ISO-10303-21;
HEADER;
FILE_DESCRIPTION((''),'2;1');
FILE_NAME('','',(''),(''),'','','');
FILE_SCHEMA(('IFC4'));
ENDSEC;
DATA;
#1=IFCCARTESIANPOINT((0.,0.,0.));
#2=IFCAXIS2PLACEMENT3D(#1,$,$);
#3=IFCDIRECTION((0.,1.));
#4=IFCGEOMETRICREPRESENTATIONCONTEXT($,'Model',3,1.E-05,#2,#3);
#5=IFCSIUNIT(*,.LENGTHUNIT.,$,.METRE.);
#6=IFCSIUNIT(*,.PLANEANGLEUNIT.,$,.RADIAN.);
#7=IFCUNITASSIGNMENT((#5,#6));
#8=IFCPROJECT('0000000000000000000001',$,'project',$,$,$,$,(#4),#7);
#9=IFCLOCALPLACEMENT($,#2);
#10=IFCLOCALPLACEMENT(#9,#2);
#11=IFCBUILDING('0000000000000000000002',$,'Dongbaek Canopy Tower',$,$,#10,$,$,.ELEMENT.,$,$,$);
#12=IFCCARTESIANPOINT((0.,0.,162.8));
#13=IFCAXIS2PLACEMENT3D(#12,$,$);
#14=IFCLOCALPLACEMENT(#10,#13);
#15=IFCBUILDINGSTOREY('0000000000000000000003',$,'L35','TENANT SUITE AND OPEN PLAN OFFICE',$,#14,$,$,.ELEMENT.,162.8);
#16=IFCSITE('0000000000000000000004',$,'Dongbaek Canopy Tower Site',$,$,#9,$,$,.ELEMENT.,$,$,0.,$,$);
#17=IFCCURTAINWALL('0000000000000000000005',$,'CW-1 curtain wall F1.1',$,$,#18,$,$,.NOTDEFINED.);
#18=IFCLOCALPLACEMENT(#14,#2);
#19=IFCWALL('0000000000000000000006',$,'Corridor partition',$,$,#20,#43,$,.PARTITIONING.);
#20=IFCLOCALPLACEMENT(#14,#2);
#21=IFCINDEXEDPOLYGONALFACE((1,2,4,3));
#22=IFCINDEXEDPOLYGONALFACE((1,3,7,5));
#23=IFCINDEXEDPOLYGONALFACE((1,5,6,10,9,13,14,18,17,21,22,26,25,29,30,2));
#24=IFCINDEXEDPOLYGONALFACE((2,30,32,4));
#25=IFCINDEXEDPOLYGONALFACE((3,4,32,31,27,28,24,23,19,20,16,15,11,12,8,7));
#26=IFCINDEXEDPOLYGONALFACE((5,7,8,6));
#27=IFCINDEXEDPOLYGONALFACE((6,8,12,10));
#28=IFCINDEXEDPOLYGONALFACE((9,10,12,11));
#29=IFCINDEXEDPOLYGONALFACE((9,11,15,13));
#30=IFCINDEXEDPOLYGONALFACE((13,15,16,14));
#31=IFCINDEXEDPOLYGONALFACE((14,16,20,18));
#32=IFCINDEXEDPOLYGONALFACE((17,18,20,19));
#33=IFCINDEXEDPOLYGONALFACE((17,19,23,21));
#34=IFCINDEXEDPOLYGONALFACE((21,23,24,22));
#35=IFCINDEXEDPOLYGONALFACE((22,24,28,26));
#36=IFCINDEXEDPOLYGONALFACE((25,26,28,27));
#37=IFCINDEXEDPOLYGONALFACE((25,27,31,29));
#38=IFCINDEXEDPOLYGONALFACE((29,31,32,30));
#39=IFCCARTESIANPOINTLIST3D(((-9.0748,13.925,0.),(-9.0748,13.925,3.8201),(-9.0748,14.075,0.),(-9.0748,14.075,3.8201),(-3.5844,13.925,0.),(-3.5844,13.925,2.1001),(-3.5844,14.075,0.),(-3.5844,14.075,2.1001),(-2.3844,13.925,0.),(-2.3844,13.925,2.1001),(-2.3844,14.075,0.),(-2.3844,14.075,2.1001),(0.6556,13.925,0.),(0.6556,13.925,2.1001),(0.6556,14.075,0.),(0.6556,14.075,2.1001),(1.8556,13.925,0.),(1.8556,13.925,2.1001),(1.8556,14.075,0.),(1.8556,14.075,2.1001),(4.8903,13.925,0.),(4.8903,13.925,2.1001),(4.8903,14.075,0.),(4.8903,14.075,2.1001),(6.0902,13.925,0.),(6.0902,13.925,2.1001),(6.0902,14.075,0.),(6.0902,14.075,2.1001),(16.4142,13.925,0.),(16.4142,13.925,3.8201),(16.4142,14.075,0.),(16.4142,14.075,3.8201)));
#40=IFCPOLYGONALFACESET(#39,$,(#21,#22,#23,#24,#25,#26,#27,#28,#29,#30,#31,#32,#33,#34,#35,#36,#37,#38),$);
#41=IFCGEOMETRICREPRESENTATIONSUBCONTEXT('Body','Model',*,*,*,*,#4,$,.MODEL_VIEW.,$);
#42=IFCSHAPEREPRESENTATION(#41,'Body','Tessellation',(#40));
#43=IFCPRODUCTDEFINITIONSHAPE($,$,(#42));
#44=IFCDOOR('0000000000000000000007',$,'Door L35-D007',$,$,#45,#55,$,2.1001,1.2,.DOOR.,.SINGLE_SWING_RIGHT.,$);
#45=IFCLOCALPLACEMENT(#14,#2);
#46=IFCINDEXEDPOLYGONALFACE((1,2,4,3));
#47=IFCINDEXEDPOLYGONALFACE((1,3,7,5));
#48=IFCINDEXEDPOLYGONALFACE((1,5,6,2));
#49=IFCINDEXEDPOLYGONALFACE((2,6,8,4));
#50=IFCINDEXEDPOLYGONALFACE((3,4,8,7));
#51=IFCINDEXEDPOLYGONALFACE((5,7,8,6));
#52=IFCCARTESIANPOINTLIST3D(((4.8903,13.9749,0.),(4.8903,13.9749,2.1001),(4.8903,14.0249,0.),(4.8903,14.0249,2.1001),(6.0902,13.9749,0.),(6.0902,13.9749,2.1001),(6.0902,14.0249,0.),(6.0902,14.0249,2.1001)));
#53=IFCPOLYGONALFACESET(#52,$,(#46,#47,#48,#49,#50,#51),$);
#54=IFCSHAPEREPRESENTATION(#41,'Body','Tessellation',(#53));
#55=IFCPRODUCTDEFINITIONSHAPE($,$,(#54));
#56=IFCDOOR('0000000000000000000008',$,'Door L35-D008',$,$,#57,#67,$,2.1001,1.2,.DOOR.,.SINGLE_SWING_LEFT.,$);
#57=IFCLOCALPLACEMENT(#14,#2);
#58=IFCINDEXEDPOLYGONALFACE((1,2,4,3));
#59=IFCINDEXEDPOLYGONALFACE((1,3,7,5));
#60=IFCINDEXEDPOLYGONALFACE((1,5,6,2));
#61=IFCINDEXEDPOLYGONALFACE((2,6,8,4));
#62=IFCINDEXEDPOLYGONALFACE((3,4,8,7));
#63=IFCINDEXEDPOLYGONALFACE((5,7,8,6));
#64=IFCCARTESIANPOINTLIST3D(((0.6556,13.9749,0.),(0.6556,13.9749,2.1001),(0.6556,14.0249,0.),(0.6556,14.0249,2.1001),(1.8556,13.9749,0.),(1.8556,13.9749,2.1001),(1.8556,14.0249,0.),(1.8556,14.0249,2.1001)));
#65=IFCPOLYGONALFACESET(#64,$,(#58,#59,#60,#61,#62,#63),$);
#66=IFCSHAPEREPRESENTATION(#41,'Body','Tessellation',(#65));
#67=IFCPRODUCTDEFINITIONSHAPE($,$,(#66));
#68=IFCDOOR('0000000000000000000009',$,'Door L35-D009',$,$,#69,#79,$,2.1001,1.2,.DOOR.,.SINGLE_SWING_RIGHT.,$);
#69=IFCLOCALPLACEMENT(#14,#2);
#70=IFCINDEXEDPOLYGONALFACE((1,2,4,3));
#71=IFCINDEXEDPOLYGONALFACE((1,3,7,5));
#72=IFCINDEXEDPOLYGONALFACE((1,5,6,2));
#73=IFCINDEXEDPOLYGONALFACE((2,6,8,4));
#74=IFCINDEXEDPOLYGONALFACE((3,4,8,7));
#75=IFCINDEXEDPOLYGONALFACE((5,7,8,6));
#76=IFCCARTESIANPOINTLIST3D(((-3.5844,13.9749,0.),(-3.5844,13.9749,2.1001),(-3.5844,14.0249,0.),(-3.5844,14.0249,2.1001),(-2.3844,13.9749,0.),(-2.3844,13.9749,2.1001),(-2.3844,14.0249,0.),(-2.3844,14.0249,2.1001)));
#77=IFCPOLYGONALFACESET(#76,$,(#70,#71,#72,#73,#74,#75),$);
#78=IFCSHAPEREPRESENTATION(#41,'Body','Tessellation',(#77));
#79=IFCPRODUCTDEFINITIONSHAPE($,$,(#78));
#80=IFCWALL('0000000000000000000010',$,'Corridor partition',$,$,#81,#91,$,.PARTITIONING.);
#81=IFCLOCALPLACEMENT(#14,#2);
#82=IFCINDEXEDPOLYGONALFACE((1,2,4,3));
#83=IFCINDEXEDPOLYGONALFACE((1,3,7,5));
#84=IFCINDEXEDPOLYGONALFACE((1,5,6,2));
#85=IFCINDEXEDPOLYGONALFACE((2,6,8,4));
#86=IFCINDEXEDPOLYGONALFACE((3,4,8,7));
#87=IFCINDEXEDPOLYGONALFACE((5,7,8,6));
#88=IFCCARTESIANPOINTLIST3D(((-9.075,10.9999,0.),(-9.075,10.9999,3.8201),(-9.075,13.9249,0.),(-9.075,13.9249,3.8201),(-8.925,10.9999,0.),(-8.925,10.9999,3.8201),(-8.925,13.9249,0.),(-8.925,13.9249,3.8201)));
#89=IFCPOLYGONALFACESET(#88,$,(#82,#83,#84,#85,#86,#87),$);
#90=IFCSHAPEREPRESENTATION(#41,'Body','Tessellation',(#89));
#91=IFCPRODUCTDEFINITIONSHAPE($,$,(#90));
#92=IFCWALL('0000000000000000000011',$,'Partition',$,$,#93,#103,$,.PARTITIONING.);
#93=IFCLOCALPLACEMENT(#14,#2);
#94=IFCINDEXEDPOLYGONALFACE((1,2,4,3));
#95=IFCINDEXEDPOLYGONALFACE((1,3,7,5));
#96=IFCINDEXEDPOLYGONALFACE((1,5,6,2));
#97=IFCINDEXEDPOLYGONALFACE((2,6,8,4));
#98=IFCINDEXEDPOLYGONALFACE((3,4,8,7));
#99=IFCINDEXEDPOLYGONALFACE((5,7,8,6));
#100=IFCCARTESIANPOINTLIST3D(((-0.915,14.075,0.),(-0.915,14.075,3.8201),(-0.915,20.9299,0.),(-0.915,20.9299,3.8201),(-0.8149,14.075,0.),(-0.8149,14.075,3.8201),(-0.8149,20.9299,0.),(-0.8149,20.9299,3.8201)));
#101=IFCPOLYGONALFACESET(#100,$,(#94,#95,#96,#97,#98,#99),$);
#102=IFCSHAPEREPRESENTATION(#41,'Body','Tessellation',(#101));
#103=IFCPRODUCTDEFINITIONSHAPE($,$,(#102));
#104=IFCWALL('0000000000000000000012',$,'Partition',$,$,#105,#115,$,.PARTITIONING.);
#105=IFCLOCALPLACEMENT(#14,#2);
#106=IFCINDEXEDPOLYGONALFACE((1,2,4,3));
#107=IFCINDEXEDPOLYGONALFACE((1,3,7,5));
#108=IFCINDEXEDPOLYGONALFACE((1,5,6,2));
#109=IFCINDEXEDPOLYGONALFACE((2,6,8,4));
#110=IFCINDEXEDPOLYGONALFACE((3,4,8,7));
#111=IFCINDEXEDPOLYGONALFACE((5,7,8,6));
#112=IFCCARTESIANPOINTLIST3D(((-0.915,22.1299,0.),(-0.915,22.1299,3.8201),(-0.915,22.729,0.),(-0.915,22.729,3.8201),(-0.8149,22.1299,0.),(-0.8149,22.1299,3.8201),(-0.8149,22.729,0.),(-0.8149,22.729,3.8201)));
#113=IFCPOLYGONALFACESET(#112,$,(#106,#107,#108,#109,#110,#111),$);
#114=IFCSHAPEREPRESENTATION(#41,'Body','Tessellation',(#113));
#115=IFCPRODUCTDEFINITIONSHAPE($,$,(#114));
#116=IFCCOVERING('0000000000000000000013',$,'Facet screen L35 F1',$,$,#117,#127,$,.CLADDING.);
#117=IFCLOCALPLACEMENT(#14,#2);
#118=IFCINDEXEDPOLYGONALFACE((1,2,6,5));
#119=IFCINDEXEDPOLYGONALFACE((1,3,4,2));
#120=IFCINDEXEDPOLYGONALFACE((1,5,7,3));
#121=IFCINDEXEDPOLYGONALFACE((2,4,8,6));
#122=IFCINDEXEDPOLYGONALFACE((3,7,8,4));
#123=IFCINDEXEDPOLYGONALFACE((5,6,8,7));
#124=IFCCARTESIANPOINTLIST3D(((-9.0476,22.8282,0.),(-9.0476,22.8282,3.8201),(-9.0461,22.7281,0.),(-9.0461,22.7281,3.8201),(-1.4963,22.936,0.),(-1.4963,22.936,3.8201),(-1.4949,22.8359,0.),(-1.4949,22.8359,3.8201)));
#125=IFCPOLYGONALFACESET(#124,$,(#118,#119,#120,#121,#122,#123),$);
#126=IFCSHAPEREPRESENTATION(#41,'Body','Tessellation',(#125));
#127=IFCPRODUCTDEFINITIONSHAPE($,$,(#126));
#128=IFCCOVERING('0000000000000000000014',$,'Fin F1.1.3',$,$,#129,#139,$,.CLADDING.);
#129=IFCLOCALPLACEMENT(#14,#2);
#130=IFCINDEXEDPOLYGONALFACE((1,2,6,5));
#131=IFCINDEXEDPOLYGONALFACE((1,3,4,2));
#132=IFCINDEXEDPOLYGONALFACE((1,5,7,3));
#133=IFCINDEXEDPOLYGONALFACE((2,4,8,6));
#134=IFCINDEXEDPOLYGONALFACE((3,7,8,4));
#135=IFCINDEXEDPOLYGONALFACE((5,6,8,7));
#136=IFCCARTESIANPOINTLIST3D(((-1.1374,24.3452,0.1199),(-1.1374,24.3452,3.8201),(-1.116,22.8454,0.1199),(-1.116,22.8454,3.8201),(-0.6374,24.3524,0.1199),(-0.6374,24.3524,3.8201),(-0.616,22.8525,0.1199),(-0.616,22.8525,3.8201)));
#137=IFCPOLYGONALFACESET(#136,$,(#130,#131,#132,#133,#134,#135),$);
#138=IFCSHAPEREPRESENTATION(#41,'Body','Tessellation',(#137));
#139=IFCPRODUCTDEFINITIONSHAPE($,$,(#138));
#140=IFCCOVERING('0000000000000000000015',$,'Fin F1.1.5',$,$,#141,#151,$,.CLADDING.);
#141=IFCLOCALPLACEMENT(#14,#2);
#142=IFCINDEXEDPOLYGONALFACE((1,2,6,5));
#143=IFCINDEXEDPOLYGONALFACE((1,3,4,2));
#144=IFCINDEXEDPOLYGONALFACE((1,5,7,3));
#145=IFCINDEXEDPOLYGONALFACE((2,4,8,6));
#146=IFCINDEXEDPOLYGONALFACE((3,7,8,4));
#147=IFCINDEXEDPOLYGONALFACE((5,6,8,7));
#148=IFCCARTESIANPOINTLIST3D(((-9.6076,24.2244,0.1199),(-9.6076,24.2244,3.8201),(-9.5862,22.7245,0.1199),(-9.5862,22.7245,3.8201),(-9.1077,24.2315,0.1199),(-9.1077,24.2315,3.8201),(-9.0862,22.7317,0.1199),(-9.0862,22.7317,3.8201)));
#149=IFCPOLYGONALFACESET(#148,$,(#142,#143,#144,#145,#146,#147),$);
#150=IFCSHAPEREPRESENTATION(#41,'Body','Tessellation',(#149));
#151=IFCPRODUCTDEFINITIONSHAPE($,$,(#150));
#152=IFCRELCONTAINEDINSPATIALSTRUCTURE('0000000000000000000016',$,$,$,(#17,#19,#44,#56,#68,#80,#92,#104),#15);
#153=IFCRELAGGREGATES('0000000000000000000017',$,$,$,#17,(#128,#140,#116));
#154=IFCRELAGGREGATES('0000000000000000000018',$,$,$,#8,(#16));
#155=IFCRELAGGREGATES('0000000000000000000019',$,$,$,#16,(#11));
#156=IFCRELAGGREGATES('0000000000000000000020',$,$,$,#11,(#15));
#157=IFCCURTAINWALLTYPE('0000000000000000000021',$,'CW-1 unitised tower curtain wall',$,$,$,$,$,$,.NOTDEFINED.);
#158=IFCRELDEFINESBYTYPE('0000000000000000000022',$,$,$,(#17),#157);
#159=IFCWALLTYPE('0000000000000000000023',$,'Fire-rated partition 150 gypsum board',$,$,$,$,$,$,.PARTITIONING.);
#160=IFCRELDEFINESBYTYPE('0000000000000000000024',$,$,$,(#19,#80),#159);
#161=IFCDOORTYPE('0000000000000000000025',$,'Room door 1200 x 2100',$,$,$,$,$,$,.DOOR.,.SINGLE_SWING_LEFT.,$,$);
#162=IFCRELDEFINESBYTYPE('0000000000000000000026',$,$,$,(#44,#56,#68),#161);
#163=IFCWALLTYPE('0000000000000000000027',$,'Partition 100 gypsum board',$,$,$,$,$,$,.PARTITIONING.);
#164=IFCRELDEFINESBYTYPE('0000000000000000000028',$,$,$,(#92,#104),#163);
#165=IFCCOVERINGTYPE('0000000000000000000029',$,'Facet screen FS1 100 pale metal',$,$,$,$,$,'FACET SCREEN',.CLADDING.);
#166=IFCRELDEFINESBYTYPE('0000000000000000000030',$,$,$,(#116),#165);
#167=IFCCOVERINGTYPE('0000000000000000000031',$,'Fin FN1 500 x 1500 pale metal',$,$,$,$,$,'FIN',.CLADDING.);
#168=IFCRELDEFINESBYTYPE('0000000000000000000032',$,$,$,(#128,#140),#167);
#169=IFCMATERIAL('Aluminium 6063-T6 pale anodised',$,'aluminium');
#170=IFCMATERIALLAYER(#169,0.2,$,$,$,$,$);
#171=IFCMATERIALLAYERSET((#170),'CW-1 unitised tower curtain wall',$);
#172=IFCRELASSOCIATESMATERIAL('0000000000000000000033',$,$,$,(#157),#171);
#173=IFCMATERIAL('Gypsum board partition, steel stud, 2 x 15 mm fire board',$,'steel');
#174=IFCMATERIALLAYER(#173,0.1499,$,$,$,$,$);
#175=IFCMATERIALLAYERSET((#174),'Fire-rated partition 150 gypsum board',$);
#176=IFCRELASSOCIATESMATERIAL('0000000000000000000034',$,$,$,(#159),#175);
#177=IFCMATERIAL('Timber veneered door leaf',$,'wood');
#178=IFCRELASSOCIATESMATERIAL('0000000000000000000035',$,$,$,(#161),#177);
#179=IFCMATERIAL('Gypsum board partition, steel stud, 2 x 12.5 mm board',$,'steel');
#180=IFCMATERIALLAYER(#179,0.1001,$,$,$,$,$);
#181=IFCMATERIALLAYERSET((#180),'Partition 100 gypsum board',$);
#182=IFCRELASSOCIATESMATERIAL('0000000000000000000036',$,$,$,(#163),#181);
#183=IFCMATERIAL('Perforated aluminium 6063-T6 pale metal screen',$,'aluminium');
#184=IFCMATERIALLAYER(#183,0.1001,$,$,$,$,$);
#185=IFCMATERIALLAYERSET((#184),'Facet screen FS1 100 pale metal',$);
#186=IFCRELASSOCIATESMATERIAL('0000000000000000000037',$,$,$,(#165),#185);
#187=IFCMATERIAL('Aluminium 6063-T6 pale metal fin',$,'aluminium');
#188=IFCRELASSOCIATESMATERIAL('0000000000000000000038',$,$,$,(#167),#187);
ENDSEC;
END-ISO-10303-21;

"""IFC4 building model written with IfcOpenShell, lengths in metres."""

from ifc_helpers import new_model, si_unit, direction, frame, frame_2d, origin, origin_2d, place, context, subcontext, project, spatial, rectangle, extrude, material, layer, layer_set, material_profile, profile_set, type_object, element, fill, aggregate, save


model = new_model("IFC4")

# Units and contexts
model_context = context("Model", 3, precision=1e-05, world=origin(), true_north=direction((0.0, 1.0)))
body_context = subcontext(model_context, "Body", "Model", "MODEL_VIEW")
ifc_project = project(units=[si_unit("LENGTHUNIT", "METRE"), si_unit("PLANEANGLEUNIT", "RADIAN")], contexts=[model_context])

# Site, building, storey
site_placement = place(None, origin())
site = spatial("IfcSite", under=ifc_project, at=site_placement, Name="Dongbaek Canopy Tower Site", CompositionType="ELEMENT", RefElevation=0.0)
building_placement = place(site_placement, origin())
building = spatial("IfcBuilding", under=site, at=building_placement, Name="Dongbaek Canopy Tower", CompositionType="ELEMENT")
storey_placement = place(building_placement, frame((0.0, 0.0, 162.8)))
storey = spatial("IfcBuildingStorey", under=building, at=storey_placement, Name="L35", Description="TENANT SUITE AND OPEN PLAN OFFICE", CompositionType="ELEMENT", Elevation=162.8)

# Curtain wall
ifc_material_1 = material(Name="Aluminium 6063-T6 pale anodised", Category="aluminium")
ifc_layer_1 = layer(ifc_material_1, 0.2)
ifc_layer_set_1 = layer_set([ifc_layer_1], Name="CW-1 unitised tower curtain wall")
curtain_wall_type = type_object("IfcCurtainWallType", Name="CW-1 unitised tower curtain wall", PredefinedType="NOTDEFINED", material=ifc_layer_set_1)
curtain_wall_1_placement = place(storey_placement, origin())
curtain_wall_1 = element("IfcCurtainWall", 1, at=curtain_wall_1_placement, inside=storey, type_object=curtain_wall_type, Name="CW-1 curtain wall F1.1", PredefinedType="NOTDEFINED")

# Wall, openings, doors
ifc_material_2 = material(Name="Gypsum board partition, steel stud, 2 x 15 mm fire board", Category="steel")
ifc_layer_2 = layer(ifc_material_2, 0.1499)
ifc_layer_set_2 = layer_set([ifc_layer_2], Name="Fire-rated partition 150 gypsum board")
wall_type_1 = type_object("IfcWallType", Name="Fire-rated partition 150 gypsum board", PredefinedType="PARTITIONING", material=ifc_layer_set_2)
wall_1_placement = place(storey_placement, frame((-9.075, 14.0, 0.0), z_axis=(0.0, 0.0, 1.0), x_axis=(1.0, 0.0, 0.0)))
wall_1 = element("IfcWall", 2, at=wall_1_placement, inside=storey, type_object=wall_type_1, Name="Corridor partition", PredefinedType="PARTITIONING", context=body_context, shape_type="SweptSolid", body=[
    extrude(rectangle(XDim=25.489, YDim=0.1499, at=frame_2d((12.7446, 0.0))), origin(), (0.0, 0.0, 1.0), 3.8201),
])
opening_1_placement = place(wall_1_placement, frame((13.9651, 0.0, 0.0)))
opening_1 = element("IfcOpeningElement", 3, at=opening_1_placement, cuts=wall_1, PredefinedType="OPENING", context=body_context, shape_type="SweptSolid", body=[
    extrude(rectangle(XDim=1.2, YDim=2.1001, at=frame_2d((0.6001, 1.05))), frame((0.0, 0.085, 0.0), z_axis=(0.0, -1.0, 0.0), x_axis=(1.0, 0.0, 0.0)), (0.0, 0.0, 1.0), 0.1699),
])
opening_2_placement = place(wall_1_placement, frame((9.7305, 0.0, 0.0)))
opening_2 = element("IfcOpeningElement", 4, at=opening_2_placement, cuts=wall_1, PredefinedType="OPENING", context=body_context, shape_type="SweptSolid", body=[
    extrude(rectangle(XDim=1.2, YDim=2.1001, at=frame_2d((0.6001, 1.05))), frame((0.0, 0.085, 0.0), z_axis=(0.0, -1.0, 0.0), x_axis=(1.0, 0.0, 0.0)), (0.0, 0.0, 1.0), 0.1699),
])
opening_3_placement = place(wall_1_placement, frame((5.4905, 0.0, 0.0)))
opening_3 = element("IfcOpeningElement", 5, at=opening_3_placement, cuts=wall_1, PredefinedType="OPENING", context=body_context, shape_type="SweptSolid", body=[
    extrude(rectangle(XDim=1.2, YDim=2.1001, at=frame_2d((0.6001, 1.05))), frame((0.0, 0.085, 0.0), z_axis=(0.0, -1.0, 0.0), x_axis=(1.0, 0.0, 0.0)), (0.0, 0.0, 1.0), 0.1699),
])
ifc_material_3 = material(Name="Timber veneered door leaf", Category="wood")
door_type = type_object("IfcDoorType", Name="Room door 1200 x 2100", OperationType="SINGLE_SWING_LEFT", PredefinedType="DOOR", material=ifc_material_3)
door_1_placement = place(opening_1_placement, origin())
door_1 = element("IfcDoor", 6, at=door_1_placement, inside=storey, type_object=door_type, Name="Door L35-D007", OperationType="SINGLE_SWING_RIGHT", OverallHeight=2.1001, OverallWidth=1.2, PredefinedType="DOOR", context=body_context, shape_type="SweptSolid", body=[
    extrude(rectangle(XDim=1.2, YDim=2.1001, at=frame_2d((0.6001, 1.05))), frame((0.0, 0.0249, 0.0), z_axis=(0.0, -1.0, 0.0), x_axis=(1.0, 0.0, 0.0)), (0.0, 0.0, 1.0), 0.05),
])
fill(opening_1, door_1)
door_2_placement = place(opening_2_placement, origin())
door_2 = element("IfcDoor", 7, at=door_2_placement, inside=storey, type_object=door_type, Name="Door L35-D008", OperationType="SINGLE_SWING_LEFT", OverallHeight=2.1001, OverallWidth=1.2, PredefinedType="DOOR", context=body_context, shape_type="SweptSolid", body=[
    extrude(rectangle(XDim=1.2, YDim=2.1001, at=frame_2d((0.6001, 1.05))), frame((0.0, 0.0249, 0.0), z_axis=(0.0, -1.0, 0.0), x_axis=(1.0, 0.0, 0.0)), (0.0, 0.0, 1.0), 0.05),
])
fill(opening_2, door_2)
door_3_placement = place(opening_3_placement, origin())
door_3 = element("IfcDoor", 8, at=door_3_placement, inside=storey, type_object=door_type, Name="Door L35-D009", OperationType="SINGLE_SWING_RIGHT", OverallHeight=2.1001, OverallWidth=1.2, PredefinedType="DOOR", context=body_context, shape_type="SweptSolid", body=[
    extrude(rectangle(XDim=1.2, YDim=2.1001, at=frame_2d((0.6001, 1.05))), frame((0.0, 0.0249, 0.0), z_axis=(0.0, -1.0, 0.0), x_axis=(1.0, 0.0, 0.0)), (0.0, 0.0, 1.0), 0.05),
])
fill(opening_3, door_3)

# Walls
wall_2_placement = place(storey_placement, frame((-9.0, 11.0, 0.0), z_axis=(0.0, 0.0, 1.0), x_axis=(0.0, 1.0, 0.0)))
element("IfcWall", 9, at=wall_2_placement, inside=storey, type_object=wall_type_1, Name="Corridor partition", PredefinedType="PARTITIONING", context=body_context, shape_type="SweptSolid", body=[
    extrude(rectangle(XDim=2.925, YDim=0.1499, at=frame_2d((1.4624, 0.0))), origin(), (0.0, 0.0, 1.0), 3.8201),
])
ifc_material_4 = material(Name="Gypsum board partition, steel stud, 2 x 12.5 mm board", Category="steel")
ifc_layer_3 = layer(ifc_material_4, 0.1001)
ifc_layer_set_3 = layer_set([ifc_layer_3], Name="Partition 100 gypsum board")
wall_type_2 = type_object("IfcWallType", Name="Partition 100 gypsum board", PredefinedType="PARTITIONING", material=ifc_layer_set_3)
wall_3_placement = place(storey_placement, frame((-0.865, 14.075, 0.0), z_axis=(0.0, 0.0, 1.0), x_axis=(0.0, 1.0, 0.0)))
element("IfcWall", 10, at=wall_3_placement, inside=storey, type_object=wall_type_2, Name="Partition", PredefinedType="PARTITIONING", context=body_context, shape_type="SweptSolid", body=[
    extrude(rectangle(XDim=6.855, YDim=0.1001, at=frame_2d((3.4275, 0.0))), origin(), (0.0, 0.0, 1.0), 3.8201),
])
wall_4_placement = place(storey_placement, frame((-0.865, 22.1299, 0.0), z_axis=(0.0, 0.0, 1.0), x_axis=(0.0, 1.0, 0.0)))
element("IfcWall", 11, at=wall_4_placement, inside=storey, type_object=wall_type_2, Name="Partition", PredefinedType="PARTITIONING", context=body_context, shape_type="SweptSolid", body=[
    extrude(rectangle(XDim=0.5991, YDim=0.1001, at=frame_2d((0.2996, 0.0))), origin(), (0.0, 0.0, 1.0), 3.8201),
])

# Coverings
ifc_material_5 = material(Name="Perforated aluminium 6063-T6 pale metal screen", Category="aluminium")
ifc_layer_4 = layer(ifc_material_5, 0.1001)
ifc_layer_set_4 = layer_set([ifc_layer_4], Name="Facet screen FS1 100 pale metal")
covering_type_1 = type_object("IfcCoveringType", Name="Facet screen FS1 100 pale metal", ElementType="FACET SCREEN", PredefinedType="CLADDING", material=ifc_layer_set_4)
covering_1_placement = place(storey_placement, frame((-5.2712, 22.832, 0.0), z_axis=(0.0, 0.0, 1.0), x_axis=(-0.999898, -0.014278, 0.0)))
covering_1 = element("IfcCovering", 12, at=covering_1_placement, type_object=covering_type_1, Name="Facet screen L35 F1", PredefinedType="CLADDING", context=body_context, shape_type="SweptSolid", body=[
    extrude(rectangle(XDim=7.552, YDim=0.1001, at=origin_2d()), origin(), (0.0, 0.0, 1.0), 3.8201),
])
ifc_material_6 = material(Name="Aluminium 6063-T6 pale metal fin", Category="aluminium")
ifc_material_profile_1 = material_profile(ifc_material_6, rectangle(XDim=1.5, YDim=0.5, at=origin_2d()), Name="Fin FN1 500 x 1500 pale metal")
ifc_profile_set_1 = profile_set([ifc_material_profile_1], Name="Aluminium 6063-T6 pale metal fin")
covering_type_2 = type_object("IfcCoveringType", Name="Fin FN1 500 x 1500 pale metal", ElementType="FIN", PredefinedType="CLADDING", material=ifc_profile_set_1)
covering_2_placement = place(storey_placement, frame((-0.8767, 23.5989, 0.1199), z_axis=(0.0, 0.0, 1.0), x_axis=(-0.014277, 0.999898, 0.0)))
covering_2 = element("IfcCovering", 13, at=covering_2_placement, type_object=covering_type_2, Name="Fin F1.1.3", PredefinedType="CLADDING", context=body_context, shape_type="SweptSolid", body=[
    extrude(rectangle(XDim=1.5, YDim=0.5, at=origin_2d()), origin(), (0.0, 0.0, 1.0), 3.7002),
])
covering_3_placement = place(storey_placement, frame((-9.3469, 23.478, 0.1199), z_axis=(0.0, 0.0, 1.0), x_axis=(-0.014277, 0.999898, 0.0)))
covering_3 = element("IfcCovering", 14, at=covering_3_placement, type_object=covering_type_2, Name="Fin F1.1.5", PredefinedType="CLADDING", context=body_context, shape_type="SweptSolid", body=[
    extrude(rectangle(XDim=1.5, YDim=0.5, at=origin_2d()), origin(), (0.0, 0.0, 1.0), 3.7002),
])
aggregate(curtain_wall_1, [covering_2, covering_3, covering_1])

save(model, "model.ifc")
